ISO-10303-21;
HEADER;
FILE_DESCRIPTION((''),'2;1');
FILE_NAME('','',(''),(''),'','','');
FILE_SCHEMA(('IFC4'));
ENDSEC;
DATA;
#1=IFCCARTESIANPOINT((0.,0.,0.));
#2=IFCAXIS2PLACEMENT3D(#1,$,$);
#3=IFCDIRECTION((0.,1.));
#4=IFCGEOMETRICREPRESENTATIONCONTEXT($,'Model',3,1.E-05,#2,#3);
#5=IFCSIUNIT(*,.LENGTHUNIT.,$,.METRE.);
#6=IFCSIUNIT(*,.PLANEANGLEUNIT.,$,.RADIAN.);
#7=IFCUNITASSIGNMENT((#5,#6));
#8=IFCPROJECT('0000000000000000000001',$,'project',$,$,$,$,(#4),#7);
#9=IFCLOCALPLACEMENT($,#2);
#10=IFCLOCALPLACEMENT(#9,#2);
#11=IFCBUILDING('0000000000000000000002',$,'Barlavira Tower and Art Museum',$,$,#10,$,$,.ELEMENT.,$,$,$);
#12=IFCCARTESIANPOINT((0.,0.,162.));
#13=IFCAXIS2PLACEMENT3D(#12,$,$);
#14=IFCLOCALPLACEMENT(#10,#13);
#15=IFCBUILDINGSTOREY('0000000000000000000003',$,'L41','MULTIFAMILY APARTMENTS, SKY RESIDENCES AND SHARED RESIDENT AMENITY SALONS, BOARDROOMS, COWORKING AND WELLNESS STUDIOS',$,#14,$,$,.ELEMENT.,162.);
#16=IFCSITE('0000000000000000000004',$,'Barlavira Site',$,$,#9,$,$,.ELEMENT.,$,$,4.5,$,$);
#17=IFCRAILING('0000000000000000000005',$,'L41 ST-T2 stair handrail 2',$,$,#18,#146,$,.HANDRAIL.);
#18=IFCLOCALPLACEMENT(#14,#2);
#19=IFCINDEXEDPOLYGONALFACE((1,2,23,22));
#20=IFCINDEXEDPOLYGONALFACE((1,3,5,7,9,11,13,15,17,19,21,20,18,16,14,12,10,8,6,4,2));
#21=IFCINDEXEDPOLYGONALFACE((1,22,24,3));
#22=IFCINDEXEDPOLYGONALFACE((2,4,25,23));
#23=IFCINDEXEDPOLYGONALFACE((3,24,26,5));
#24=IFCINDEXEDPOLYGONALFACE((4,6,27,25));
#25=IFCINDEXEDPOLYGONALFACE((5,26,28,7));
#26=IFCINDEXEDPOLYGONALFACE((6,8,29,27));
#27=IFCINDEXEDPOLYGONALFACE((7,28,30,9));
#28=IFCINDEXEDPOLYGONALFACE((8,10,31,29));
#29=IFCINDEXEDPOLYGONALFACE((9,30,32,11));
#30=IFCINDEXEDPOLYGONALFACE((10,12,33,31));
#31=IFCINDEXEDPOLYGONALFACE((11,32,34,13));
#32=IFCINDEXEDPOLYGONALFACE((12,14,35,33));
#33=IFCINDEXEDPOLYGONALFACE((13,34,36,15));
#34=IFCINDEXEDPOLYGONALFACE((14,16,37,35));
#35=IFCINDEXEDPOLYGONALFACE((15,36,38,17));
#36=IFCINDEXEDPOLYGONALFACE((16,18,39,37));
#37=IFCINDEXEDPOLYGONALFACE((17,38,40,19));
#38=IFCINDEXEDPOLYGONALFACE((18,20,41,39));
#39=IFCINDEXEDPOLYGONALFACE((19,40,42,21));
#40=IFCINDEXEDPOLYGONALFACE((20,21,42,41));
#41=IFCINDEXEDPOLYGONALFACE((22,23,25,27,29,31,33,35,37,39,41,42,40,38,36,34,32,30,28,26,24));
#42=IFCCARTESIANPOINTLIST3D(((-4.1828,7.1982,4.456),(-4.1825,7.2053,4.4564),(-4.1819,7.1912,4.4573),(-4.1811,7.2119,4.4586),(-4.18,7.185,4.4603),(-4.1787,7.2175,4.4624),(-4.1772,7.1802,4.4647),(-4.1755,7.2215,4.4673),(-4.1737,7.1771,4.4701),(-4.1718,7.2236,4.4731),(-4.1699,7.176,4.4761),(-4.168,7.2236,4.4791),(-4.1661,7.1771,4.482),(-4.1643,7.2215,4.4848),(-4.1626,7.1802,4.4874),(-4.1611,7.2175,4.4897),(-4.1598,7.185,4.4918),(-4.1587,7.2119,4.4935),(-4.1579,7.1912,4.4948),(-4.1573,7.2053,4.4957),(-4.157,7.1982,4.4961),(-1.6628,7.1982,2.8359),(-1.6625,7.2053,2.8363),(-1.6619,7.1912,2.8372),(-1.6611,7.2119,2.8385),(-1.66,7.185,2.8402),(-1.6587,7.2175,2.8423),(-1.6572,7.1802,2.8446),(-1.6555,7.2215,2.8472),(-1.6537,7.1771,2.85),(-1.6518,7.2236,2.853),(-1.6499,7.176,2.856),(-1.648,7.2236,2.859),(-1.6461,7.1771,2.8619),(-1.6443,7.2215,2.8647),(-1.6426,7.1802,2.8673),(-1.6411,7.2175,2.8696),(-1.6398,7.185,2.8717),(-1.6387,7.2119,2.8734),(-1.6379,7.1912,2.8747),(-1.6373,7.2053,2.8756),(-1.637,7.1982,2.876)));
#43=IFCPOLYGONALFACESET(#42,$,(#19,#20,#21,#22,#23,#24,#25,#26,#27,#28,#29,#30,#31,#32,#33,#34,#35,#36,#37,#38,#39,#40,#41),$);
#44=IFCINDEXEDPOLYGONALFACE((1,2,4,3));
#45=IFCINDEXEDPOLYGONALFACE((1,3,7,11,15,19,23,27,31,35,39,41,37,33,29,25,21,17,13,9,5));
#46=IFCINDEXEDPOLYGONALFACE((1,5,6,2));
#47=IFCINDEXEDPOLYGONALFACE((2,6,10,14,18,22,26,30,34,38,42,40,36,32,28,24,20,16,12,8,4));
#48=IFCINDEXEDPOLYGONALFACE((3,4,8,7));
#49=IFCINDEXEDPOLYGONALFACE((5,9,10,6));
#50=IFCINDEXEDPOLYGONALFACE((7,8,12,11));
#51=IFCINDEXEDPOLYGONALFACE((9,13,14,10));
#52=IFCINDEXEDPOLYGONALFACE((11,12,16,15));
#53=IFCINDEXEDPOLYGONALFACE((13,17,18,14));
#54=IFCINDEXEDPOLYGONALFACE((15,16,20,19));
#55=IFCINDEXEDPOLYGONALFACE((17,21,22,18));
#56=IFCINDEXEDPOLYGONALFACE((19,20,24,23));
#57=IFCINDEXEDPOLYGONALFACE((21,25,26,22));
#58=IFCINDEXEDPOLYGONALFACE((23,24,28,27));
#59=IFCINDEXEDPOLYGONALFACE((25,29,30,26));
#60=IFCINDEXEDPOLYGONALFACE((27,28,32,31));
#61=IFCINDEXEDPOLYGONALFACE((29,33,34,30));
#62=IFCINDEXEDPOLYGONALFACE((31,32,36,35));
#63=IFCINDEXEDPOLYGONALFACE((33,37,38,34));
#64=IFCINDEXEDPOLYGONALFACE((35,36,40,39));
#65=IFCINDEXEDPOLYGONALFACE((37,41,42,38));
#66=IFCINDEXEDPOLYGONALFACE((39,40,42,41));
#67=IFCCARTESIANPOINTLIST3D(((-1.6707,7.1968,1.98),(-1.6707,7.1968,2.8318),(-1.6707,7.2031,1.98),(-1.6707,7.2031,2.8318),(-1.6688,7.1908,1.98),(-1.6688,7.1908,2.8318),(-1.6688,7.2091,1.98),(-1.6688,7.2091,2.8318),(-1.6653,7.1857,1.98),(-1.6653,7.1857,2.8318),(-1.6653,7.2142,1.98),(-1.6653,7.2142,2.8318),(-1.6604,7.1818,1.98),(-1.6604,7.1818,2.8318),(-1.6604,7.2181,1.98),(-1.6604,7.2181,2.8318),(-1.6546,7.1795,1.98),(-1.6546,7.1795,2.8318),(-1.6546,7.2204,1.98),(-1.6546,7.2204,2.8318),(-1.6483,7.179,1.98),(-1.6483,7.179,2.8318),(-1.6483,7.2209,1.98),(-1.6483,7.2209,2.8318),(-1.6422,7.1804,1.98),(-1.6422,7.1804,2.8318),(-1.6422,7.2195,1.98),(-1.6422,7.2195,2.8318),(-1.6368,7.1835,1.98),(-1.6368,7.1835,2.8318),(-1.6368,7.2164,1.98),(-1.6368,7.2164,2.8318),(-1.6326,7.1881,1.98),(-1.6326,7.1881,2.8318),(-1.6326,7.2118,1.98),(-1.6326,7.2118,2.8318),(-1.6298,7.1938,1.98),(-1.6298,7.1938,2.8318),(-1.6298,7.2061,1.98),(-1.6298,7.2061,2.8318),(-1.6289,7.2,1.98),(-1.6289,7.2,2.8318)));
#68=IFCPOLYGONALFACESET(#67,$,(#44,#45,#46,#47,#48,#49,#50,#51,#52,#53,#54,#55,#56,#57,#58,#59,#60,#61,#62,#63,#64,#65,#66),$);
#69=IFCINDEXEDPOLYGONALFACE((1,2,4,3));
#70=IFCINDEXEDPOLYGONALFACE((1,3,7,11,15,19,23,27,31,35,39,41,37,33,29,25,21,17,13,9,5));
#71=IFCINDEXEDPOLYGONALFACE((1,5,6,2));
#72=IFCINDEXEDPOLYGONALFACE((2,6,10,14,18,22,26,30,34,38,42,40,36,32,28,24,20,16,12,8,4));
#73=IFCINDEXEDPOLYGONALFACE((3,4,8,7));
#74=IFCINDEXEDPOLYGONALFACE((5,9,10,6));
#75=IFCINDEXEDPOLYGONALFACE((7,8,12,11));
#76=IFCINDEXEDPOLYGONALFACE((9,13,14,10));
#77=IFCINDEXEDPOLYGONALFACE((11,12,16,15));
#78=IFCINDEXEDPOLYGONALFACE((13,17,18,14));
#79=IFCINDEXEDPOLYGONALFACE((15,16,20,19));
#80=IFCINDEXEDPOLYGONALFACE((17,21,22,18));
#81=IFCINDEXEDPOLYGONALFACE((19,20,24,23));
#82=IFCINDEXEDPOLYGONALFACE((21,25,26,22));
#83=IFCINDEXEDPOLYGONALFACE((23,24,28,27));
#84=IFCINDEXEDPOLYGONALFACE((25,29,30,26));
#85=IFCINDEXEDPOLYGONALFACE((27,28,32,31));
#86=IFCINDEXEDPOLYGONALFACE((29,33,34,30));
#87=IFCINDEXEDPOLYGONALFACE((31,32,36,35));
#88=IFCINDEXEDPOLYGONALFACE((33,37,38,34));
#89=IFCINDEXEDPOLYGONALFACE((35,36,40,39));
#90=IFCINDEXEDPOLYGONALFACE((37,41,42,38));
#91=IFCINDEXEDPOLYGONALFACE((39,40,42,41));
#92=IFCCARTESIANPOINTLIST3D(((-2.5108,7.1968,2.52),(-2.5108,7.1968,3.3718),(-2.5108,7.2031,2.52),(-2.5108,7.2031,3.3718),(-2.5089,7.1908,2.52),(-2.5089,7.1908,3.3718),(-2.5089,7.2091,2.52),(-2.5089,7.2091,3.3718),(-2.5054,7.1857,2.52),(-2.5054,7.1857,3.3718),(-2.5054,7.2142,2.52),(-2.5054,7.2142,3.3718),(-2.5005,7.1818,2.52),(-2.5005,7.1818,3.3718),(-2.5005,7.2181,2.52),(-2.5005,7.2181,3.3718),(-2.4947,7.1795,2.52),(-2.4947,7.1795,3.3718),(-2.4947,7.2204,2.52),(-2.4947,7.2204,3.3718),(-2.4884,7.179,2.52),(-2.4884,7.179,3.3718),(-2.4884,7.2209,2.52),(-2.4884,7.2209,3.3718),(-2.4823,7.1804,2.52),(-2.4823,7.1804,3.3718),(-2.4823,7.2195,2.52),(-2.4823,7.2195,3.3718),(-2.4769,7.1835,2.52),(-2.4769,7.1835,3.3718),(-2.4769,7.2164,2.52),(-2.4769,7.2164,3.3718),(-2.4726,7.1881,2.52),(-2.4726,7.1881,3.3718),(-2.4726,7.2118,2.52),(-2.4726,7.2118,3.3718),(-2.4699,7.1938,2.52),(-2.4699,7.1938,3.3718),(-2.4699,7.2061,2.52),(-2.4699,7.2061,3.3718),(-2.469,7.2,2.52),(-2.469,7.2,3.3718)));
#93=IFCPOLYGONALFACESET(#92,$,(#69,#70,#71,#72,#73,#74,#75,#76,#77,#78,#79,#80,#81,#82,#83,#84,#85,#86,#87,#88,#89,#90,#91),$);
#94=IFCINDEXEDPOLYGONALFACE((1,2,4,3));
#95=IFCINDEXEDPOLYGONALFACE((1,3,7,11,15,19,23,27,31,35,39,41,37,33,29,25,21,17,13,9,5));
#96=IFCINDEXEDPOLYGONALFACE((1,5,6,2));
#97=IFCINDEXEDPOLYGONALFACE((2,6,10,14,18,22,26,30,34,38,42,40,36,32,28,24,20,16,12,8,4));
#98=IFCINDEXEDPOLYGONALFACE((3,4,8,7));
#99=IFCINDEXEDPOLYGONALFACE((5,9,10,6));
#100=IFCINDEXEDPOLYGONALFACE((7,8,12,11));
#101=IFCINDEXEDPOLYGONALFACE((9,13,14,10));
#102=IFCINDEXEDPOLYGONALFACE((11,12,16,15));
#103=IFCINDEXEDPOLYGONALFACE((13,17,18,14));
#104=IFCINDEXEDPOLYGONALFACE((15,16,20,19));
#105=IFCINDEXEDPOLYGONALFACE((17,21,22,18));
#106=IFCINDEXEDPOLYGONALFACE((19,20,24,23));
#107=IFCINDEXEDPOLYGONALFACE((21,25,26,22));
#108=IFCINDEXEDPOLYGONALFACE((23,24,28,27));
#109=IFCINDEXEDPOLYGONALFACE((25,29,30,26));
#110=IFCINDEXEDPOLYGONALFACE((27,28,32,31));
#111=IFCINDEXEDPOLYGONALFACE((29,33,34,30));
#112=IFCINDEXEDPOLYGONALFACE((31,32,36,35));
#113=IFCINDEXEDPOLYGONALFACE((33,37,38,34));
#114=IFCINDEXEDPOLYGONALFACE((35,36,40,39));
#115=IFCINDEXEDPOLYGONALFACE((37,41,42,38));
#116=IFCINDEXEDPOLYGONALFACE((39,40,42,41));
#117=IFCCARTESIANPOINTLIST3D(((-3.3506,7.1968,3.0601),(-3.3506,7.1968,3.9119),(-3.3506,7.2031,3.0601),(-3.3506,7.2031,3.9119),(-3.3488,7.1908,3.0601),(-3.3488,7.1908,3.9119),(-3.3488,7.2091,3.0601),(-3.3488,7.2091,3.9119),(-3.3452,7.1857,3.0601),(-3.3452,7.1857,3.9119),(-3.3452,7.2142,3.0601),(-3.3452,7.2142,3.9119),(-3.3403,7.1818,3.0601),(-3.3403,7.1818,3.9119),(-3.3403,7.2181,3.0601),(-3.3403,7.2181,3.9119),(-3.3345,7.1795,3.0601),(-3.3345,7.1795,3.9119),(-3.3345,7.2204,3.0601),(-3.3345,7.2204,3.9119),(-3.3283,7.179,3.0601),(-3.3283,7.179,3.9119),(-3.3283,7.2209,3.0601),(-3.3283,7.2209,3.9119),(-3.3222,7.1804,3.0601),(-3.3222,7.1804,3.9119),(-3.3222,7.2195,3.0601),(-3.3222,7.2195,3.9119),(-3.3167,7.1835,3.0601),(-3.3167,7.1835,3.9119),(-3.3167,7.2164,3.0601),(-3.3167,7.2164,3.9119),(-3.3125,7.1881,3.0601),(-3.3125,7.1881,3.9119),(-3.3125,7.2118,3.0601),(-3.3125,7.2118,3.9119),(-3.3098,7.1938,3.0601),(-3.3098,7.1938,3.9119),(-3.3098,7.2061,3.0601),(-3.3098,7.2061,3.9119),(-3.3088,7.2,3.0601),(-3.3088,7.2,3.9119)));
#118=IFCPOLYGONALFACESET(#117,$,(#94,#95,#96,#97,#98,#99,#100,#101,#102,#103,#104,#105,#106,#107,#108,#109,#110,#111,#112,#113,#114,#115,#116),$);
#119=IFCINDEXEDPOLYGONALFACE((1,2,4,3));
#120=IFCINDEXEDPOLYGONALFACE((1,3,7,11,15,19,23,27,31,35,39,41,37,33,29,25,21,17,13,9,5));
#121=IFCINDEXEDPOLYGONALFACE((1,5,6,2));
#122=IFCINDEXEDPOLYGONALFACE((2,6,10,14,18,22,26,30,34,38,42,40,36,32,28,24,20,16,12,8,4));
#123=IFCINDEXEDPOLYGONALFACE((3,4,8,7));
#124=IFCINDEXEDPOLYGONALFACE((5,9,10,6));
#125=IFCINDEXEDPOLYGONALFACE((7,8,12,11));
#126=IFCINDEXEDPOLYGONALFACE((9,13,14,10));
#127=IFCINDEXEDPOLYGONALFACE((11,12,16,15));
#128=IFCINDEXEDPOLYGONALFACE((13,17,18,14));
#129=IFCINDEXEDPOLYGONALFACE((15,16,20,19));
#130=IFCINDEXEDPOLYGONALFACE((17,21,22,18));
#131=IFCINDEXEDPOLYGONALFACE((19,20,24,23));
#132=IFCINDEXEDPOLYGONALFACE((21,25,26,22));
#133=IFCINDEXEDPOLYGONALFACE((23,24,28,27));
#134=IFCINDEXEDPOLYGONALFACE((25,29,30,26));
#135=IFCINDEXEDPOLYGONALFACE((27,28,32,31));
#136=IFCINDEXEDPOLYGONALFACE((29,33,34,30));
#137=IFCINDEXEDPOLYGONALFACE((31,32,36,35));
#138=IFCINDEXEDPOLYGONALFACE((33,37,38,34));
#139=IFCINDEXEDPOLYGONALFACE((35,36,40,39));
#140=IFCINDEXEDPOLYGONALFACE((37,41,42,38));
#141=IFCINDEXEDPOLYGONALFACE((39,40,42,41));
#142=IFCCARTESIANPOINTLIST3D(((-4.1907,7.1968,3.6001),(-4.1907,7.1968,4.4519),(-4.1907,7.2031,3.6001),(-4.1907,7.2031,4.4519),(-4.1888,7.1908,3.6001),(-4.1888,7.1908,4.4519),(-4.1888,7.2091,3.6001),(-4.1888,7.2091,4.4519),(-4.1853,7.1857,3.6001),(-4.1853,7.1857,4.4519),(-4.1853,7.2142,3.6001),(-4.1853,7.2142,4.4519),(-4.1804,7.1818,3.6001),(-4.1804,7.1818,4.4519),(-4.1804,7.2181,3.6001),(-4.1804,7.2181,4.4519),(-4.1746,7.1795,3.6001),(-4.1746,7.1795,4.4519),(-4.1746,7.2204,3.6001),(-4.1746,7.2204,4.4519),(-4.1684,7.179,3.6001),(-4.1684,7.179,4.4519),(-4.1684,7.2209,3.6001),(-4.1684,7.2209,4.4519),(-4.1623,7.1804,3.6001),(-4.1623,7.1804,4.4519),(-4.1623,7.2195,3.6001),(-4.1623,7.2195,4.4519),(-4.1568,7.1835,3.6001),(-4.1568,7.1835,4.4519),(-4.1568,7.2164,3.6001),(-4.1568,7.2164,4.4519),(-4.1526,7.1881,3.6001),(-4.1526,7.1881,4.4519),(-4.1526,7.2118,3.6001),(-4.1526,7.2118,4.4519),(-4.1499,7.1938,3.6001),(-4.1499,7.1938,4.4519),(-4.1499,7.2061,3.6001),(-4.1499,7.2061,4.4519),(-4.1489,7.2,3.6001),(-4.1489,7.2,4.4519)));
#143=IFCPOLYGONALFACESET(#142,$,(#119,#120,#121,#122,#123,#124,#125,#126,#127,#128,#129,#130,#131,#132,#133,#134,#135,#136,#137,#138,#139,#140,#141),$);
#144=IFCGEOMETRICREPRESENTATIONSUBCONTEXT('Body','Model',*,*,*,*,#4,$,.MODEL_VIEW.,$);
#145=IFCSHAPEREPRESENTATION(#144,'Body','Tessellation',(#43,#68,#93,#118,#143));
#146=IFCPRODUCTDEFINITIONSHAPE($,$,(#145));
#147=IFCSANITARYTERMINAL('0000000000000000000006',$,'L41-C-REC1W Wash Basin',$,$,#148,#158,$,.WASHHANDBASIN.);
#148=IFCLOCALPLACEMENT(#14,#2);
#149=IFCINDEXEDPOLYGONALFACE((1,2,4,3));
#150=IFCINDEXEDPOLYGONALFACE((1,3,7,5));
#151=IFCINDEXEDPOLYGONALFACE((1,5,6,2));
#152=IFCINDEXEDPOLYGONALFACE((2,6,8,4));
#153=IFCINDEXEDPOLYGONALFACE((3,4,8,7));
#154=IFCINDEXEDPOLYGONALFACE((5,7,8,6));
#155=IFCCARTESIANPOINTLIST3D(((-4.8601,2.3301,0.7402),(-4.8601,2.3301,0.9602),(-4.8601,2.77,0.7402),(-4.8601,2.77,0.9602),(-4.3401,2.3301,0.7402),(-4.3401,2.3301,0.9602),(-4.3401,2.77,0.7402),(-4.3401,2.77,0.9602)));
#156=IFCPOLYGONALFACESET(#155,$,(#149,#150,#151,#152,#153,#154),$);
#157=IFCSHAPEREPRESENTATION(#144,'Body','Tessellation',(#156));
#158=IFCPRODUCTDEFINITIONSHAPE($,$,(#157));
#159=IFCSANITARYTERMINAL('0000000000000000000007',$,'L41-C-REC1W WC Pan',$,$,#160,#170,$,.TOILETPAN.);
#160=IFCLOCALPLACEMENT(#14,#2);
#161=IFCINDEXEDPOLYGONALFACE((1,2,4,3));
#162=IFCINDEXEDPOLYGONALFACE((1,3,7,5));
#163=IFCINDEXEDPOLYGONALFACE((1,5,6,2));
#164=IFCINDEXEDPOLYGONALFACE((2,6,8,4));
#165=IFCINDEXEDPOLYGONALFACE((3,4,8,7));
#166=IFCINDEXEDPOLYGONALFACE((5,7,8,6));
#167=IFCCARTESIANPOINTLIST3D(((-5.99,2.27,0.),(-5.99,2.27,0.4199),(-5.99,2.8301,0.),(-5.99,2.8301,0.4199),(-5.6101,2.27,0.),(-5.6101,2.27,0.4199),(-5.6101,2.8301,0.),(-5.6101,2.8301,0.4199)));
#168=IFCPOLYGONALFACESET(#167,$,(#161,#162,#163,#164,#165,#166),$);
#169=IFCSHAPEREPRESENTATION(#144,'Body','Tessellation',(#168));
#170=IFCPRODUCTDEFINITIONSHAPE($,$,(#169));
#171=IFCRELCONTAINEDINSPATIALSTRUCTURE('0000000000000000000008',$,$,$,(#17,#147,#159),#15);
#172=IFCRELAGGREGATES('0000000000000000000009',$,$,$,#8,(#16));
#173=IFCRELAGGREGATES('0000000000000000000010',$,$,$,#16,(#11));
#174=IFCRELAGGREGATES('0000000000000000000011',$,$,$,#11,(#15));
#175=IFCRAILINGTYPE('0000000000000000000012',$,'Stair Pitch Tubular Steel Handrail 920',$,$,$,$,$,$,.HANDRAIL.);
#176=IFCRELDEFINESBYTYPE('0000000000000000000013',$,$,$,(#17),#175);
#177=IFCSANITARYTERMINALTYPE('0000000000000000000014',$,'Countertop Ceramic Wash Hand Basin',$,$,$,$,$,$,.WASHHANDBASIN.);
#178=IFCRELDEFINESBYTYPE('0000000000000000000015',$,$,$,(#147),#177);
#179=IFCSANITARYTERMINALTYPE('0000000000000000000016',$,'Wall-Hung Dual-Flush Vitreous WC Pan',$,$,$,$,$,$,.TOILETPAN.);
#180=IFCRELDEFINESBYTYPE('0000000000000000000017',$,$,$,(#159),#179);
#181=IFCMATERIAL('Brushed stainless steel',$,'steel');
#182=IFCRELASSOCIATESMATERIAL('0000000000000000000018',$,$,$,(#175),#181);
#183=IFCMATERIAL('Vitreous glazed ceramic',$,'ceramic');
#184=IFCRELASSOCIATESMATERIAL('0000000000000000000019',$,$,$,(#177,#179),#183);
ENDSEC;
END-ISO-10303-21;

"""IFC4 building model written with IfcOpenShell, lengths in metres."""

from ifc_helpers import new_model, si_unit, direction, frame, origin, origin_2d, place, context, subcontext, project, spatial, rectangle, circle, extrude, material, type_object, element, save


model = new_model("IFC4")

# Units and contexts
model_context = context("Model", 3, precision=1e-05, world=origin(), true_north=direction((0.0, 1.0)))
body_context = subcontext(model_context, "Body", "Model", "MODEL_VIEW")
ifc_project = project(units=[si_unit("LENGTHUNIT", "METRE"), si_unit("PLANEANGLEUNIT", "RADIAN")], contexts=[model_context])

# Site, building, storey
site_placement = place(None, origin())
site = spatial("IfcSite", under=ifc_project, at=site_placement, Name="Barlavira Site", CompositionType="ELEMENT", RefElevation=4.5)
building_placement = place(site_placement, origin())
building = spatial("IfcBuilding", under=site, at=building_placement, Name="Barlavira Tower and Art Museum", CompositionType="ELEMENT")
storey_placement = place(building_placement, frame((0.0, 0.0, 162.0)))
storey = spatial("IfcBuildingStorey", under=building, at=storey_placement, Name="L41", Description="MULTIFAMILY APARTMENTS, SKY RESIDENCES AND SHARED RESIDENT AMENITY SALONS, BOARDROOMS, COWORKING AND WELLNESS STUDIOS", CompositionType="ELEMENT", Elevation=162.0)

# Shared definitions
ifc_material_1 = material(Name="Brushed stainless steel", Category="steel")

# Railing
railing_type_1 = type_object("IfcRailingType", Name="Stair Pitch Tubular Steel Handrail 920", PredefinedType="HANDRAIL", material=ifc_material_1)
railing_1_placement = place(storey_placement, frame((-1.6499, 7.2, 1.98)))
element("IfcRailing", 1, at=railing_1_placement, inside=storey, type_object=railing_type_1, Name="L41 ST-T2 stair handrail 2", PredefinedType="HANDRAIL", context=body_context, shape_type="SweptSolid", body=[
    extrude(circle(Radius=0.0239, at=origin_2d()), frame((0.0, 0.0, 0.876), z_axis=(-0.841163, 0.0, 0.540782), x_axis=(0.0, -1.0, 0.0)), (0.0, 0.0, 1.0), 2.9958),
    extrude(circle(Radius=0.021, at=origin_2d()), origin(), (0.0, 0.0, 1.0), 0.8518),
    extrude(circle(Radius=0.021, at=origin_2d()), frame((-0.8401, 0.0, 0.54)), (0.0, 0.0, 1.0), 0.8518),
    extrude(circle(Radius=0.021, at=origin_2d()), frame((-1.6799, 0.0, 1.0801)), (0.0, 0.0, 1.0), 0.8518),
    extrude(circle(Radius=0.021, at=origin_2d()), frame((-2.52, 0.0, 1.6201)), (0.0, 0.0, 1.0), 0.8518),
])

# Sanitary terminals
ifc_material_2 = material(Name="Vitreous glazed ceramic", Category="ceramic")
sanitary_terminal_type_1 = type_object("IfcSanitaryTerminalType", Name="Countertop Ceramic Wash Hand Basin", PredefinedType="WASHHANDBASIN", material=ifc_material_2)
sanitary_terminal_1_placement = place(storey_placement, frame((-4.6001, 2.55, 0.7402), z_axis=(0.0, 0.0, 1.0), x_axis=(1.0, 0.0, 0.0)))
element("IfcSanitaryTerminal", 2, at=sanitary_terminal_1_placement, inside=storey, type_object=sanitary_terminal_type_1, Name="L41-C-REC1W Wash Basin", PredefinedType="WASHHANDBASIN", context=body_context, shape_type="SweptSolid", body=[
    extrude(rectangle(XDim=0.52, YDim=0.4399, at=origin_2d()), origin(), (0.0, 0.0, 1.0), 0.22),
])
sanitary_terminal_type_2 = type_object("IfcSanitaryTerminalType", Name="Wall-Hung Dual-Flush Vitreous WC Pan", PredefinedType="TOILETPAN", material=ifc_material_2)
sanitary_terminal_2_placement = place(storey_placement, frame((-5.8, 2.55, 0.0), z_axis=(0.0, 0.0, 1.0), x_axis=(1.0, 0.0, 0.0)))
element("IfcSanitaryTerminal", 3, at=sanitary_terminal_2_placement, inside=storey, type_object=sanitary_terminal_type_2, Name="L41-C-REC1W WC Pan", PredefinedType="TOILETPAN", context=body_context, shape_type="SweptSolid", body=[
    extrude(rectangle(XDim=0.3799, YDim=0.5601, at=origin_2d()), origin(), (0.0, 0.0, 1.0), 0.4199),
])

save(model, "model.ifc")
